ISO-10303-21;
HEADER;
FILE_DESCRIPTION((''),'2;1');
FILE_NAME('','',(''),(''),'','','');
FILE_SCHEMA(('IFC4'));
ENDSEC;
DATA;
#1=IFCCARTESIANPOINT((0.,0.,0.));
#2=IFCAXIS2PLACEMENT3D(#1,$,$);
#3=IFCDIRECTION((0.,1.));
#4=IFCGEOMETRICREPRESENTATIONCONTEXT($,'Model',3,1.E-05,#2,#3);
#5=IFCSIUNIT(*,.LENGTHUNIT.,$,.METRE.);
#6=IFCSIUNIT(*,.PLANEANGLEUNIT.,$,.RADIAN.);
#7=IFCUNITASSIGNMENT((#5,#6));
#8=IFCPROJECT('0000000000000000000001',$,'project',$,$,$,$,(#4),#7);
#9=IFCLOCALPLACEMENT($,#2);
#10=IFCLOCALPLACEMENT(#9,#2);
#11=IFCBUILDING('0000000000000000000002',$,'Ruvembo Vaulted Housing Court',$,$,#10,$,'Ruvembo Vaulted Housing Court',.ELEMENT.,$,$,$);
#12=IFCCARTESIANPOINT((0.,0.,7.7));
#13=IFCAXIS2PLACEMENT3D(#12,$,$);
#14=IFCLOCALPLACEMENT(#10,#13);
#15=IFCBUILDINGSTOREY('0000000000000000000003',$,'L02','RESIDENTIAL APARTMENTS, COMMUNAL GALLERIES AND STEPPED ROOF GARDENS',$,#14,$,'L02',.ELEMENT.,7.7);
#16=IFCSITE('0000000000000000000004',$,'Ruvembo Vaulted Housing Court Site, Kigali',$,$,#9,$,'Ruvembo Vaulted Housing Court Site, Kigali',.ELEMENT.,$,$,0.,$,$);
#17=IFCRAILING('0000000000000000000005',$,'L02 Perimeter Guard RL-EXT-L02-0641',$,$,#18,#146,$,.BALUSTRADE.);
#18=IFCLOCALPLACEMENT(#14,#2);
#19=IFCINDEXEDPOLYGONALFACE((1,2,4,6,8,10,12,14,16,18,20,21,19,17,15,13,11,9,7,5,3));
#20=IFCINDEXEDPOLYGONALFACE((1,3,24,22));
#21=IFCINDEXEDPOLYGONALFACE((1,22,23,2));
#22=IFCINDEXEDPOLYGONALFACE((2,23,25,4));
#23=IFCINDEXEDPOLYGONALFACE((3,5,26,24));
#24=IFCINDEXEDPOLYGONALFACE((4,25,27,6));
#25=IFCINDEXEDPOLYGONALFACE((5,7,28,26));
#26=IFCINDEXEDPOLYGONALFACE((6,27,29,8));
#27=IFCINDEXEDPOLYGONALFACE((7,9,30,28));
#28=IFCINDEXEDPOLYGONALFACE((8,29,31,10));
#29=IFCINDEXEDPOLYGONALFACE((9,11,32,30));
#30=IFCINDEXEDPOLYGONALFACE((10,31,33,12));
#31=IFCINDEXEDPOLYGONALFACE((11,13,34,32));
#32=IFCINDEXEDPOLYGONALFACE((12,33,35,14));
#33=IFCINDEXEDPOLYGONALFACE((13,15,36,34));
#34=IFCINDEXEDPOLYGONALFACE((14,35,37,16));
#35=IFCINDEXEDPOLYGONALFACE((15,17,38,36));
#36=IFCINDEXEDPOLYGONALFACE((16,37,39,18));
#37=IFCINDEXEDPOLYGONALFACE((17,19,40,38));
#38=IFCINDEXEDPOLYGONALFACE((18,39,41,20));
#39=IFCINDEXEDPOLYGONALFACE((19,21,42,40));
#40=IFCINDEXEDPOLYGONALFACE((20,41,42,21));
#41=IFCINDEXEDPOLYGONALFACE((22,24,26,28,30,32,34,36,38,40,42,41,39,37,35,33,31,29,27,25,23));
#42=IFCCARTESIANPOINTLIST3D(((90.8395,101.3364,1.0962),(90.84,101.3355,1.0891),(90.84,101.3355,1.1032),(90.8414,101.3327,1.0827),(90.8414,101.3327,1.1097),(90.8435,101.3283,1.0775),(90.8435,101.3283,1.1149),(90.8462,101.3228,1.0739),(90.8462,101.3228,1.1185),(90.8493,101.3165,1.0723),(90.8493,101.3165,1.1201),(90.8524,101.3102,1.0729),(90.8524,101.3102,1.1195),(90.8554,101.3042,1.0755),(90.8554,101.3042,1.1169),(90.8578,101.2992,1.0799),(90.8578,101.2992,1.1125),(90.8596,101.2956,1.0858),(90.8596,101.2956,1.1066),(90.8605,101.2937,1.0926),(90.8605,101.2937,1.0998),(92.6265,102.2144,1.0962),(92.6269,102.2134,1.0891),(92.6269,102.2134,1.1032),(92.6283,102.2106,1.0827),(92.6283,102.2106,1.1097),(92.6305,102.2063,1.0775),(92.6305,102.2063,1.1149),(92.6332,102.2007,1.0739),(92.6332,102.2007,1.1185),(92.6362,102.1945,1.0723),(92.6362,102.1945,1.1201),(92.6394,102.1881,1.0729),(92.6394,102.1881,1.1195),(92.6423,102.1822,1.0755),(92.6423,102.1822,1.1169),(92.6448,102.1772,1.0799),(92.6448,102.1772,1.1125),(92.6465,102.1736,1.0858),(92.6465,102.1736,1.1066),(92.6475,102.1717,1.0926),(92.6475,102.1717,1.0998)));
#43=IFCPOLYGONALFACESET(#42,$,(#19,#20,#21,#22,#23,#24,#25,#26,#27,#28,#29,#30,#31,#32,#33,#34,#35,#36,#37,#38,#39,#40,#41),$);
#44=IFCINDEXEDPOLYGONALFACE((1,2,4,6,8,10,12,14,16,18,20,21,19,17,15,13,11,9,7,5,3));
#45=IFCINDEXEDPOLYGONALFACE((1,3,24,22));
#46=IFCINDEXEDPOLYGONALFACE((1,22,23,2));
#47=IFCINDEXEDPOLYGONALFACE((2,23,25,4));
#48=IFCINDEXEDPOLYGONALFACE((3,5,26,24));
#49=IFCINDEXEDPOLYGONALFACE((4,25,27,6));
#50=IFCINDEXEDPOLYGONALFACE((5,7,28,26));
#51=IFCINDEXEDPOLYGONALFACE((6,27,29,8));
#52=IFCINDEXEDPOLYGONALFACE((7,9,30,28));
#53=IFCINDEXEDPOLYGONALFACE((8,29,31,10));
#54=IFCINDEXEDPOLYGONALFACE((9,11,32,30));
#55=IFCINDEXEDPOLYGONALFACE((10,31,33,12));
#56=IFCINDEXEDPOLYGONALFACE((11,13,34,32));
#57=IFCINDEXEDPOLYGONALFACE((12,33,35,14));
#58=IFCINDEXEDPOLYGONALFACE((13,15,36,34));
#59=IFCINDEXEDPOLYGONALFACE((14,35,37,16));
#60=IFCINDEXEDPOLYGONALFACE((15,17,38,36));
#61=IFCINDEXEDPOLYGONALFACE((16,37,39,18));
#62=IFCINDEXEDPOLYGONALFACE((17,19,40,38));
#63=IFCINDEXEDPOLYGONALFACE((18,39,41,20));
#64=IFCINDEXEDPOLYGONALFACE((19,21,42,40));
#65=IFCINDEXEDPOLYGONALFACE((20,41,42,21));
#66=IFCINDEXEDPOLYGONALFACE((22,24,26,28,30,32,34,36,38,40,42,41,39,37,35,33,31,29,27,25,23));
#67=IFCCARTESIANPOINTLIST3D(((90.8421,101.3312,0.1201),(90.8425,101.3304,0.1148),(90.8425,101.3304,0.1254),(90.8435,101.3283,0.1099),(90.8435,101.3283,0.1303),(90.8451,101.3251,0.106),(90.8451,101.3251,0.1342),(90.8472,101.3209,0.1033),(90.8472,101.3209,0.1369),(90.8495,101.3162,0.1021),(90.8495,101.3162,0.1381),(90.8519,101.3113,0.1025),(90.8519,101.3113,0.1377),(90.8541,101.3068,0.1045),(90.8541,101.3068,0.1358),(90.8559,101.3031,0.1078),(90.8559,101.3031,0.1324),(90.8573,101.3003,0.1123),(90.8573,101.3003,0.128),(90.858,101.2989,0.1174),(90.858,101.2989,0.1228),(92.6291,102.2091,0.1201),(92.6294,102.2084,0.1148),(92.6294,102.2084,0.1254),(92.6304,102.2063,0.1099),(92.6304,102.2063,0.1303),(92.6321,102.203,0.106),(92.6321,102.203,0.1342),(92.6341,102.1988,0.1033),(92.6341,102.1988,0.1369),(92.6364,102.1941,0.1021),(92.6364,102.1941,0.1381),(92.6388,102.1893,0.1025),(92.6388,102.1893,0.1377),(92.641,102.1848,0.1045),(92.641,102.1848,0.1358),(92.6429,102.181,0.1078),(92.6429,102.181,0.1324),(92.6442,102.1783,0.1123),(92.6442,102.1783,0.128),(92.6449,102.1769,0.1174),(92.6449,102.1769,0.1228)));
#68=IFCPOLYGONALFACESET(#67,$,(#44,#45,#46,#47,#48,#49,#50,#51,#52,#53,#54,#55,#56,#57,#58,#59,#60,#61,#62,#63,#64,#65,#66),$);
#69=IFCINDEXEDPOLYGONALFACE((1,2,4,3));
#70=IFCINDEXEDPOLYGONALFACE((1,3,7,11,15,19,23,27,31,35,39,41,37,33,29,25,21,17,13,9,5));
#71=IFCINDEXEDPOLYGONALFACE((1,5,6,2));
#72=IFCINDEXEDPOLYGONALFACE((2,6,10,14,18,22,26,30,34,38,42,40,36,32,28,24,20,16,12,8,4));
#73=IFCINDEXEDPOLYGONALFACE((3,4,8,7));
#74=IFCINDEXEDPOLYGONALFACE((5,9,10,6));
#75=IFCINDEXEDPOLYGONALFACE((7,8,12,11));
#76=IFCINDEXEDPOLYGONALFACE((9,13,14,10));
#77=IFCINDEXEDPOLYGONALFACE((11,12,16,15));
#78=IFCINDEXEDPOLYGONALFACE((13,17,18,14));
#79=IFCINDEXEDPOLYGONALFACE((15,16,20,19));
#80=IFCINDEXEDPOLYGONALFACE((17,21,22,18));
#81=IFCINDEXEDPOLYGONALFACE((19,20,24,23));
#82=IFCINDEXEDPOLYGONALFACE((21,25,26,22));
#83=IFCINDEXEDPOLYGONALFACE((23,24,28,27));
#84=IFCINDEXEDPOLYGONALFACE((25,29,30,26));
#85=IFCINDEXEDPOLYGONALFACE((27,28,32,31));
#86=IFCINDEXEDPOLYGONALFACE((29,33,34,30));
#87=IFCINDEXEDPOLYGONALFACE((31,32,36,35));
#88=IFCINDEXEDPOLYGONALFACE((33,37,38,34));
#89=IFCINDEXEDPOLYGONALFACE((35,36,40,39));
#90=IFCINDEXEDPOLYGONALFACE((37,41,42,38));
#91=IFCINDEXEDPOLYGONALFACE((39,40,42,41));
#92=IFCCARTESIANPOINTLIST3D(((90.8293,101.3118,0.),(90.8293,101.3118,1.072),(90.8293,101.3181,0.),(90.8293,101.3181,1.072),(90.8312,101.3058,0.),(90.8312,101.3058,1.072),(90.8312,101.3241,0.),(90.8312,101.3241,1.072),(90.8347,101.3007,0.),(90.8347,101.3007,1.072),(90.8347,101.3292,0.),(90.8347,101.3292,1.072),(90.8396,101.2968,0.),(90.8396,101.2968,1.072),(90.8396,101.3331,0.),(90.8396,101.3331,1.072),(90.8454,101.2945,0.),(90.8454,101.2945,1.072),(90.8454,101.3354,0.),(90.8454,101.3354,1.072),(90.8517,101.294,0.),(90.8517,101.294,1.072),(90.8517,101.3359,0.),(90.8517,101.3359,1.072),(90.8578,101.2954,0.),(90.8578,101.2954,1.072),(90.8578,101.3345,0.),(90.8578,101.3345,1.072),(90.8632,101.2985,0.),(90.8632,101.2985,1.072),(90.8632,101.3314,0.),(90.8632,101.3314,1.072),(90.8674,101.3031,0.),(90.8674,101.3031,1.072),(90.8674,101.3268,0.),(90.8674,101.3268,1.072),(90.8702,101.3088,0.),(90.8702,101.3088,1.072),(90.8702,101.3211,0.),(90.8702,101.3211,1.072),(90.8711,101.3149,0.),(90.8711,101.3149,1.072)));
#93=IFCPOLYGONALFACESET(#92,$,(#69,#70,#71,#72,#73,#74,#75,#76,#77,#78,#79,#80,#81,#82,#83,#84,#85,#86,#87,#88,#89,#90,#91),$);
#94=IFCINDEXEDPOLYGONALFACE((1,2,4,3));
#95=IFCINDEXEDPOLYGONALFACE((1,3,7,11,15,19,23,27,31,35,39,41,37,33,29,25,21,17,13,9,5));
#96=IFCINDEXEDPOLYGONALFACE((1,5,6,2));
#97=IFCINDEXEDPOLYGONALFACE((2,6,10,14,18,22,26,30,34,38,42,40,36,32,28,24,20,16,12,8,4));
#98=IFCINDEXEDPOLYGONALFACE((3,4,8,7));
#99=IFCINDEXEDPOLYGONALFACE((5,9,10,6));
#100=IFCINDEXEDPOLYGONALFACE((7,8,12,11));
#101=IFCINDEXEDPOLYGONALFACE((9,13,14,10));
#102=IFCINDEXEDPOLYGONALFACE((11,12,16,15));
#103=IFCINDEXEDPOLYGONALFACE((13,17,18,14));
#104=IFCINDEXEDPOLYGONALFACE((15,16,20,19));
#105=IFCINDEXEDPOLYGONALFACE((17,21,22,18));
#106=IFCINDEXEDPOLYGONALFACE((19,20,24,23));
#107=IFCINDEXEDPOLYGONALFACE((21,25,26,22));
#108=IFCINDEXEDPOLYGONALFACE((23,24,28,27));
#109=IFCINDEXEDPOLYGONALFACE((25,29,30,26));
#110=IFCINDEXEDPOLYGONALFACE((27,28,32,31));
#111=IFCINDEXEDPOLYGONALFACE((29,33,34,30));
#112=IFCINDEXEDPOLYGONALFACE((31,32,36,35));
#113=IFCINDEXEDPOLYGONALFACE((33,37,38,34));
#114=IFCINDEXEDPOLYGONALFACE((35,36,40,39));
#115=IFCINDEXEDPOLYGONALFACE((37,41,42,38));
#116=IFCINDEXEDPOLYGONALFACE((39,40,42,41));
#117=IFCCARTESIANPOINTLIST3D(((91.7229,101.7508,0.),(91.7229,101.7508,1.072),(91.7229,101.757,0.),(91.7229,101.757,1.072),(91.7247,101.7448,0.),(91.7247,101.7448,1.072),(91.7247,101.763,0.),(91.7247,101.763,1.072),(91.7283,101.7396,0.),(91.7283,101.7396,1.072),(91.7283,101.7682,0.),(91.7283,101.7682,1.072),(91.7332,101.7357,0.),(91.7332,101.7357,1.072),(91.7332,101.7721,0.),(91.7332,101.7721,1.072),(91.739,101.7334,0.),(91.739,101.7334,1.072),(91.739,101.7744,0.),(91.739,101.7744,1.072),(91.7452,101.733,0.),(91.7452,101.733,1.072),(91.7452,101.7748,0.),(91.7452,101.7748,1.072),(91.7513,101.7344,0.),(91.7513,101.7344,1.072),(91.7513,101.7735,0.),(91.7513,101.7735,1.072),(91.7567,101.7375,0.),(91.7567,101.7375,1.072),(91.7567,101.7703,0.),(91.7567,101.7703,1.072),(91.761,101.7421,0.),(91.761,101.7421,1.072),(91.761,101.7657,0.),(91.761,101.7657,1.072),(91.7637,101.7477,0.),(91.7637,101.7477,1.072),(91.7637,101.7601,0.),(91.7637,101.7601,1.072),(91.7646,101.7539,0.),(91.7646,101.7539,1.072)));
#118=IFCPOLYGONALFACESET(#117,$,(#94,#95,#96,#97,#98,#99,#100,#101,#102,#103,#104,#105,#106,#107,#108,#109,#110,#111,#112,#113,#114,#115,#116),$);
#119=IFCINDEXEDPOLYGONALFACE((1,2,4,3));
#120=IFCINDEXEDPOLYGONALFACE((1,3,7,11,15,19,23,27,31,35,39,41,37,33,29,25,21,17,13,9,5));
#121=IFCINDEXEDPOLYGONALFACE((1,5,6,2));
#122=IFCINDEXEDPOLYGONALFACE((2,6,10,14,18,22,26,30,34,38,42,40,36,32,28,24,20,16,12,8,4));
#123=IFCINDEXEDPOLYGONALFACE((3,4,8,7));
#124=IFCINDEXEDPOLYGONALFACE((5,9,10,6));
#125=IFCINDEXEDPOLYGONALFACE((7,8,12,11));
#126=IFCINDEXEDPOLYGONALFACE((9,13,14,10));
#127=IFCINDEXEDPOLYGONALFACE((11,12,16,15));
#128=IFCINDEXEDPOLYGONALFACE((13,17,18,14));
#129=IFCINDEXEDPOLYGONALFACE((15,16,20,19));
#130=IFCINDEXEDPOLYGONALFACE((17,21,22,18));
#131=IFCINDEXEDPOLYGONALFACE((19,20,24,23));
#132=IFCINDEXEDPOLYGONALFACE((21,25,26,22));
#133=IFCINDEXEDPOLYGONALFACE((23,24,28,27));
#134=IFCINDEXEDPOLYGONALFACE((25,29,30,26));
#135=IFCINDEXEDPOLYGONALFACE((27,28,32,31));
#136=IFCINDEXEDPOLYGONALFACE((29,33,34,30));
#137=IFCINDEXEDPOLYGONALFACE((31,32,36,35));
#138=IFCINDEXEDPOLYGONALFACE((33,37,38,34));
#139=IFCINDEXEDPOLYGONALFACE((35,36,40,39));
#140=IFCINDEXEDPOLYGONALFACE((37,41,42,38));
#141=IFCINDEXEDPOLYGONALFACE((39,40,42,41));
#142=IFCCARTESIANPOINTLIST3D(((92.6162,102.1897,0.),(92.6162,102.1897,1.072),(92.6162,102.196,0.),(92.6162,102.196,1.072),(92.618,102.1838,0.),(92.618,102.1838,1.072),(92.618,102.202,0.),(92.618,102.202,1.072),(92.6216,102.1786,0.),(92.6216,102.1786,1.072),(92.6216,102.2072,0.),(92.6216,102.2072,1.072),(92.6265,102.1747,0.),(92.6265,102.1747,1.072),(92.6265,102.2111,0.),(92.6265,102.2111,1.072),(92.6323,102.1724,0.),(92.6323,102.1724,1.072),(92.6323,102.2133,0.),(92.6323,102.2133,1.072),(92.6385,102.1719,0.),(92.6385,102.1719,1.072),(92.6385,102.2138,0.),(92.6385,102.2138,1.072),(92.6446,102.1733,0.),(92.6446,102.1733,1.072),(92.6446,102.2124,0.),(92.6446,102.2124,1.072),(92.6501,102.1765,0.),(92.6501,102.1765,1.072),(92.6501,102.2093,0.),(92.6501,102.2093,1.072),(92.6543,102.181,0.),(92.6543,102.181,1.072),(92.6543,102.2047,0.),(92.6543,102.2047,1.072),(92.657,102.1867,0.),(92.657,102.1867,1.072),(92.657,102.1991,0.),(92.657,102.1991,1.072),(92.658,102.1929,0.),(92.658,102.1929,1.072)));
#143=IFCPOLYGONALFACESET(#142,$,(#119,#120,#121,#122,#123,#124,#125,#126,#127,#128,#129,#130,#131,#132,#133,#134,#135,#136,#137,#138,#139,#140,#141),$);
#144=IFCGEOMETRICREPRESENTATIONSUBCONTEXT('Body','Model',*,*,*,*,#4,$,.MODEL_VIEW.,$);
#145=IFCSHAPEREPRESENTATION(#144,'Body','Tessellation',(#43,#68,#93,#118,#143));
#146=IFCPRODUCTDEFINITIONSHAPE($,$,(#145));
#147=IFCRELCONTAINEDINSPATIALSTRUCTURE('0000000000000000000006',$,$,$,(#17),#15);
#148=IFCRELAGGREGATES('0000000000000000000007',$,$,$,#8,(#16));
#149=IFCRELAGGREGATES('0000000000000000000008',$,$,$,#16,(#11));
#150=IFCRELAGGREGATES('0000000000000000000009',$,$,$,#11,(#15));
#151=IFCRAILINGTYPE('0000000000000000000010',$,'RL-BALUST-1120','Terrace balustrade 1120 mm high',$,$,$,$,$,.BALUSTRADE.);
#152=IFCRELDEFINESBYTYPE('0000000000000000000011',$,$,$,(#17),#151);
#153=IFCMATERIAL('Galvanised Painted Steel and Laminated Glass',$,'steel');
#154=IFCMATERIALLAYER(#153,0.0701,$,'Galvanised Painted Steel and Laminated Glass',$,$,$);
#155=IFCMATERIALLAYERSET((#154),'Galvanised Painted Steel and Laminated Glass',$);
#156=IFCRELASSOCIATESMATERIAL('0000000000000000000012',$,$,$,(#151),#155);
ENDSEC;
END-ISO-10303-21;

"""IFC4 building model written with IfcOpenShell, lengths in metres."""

from ifc_helpers import new_model, si_unit, direction, frame, origin, origin_2d, place, context, subcontext, project, spatial, circle, extrude, material, layer, layer_set, type_object, element, save


model = new_model("IFC4")

# Units and contexts
model_context = context("Model", 3, precision=1e-05, world=origin(), true_north=direction((0.0, 1.0)))
body_context = subcontext(model_context, "Body", "Model", "MODEL_VIEW")
ifc_project = project(units=[si_unit("LENGTHUNIT", "METRE"), si_unit("PLANEANGLEUNIT", "RADIAN")], contexts=[model_context])

# Site, building, storey
site_placement = place(None, origin())
site = spatial("IfcSite", under=ifc_project, at=site_placement, Name="Ruvembo Vaulted Housing Court Site, Kigali", LongName="Ruvembo Vaulted Housing Court Site, Kigali", CompositionType="ELEMENT", RefElevation=0.0)
building_placement = place(site_placement, origin())
building = spatial("IfcBuilding", under=site, at=building_placement, Name="Ruvembo Vaulted Housing Court", LongName="Ruvembo Vaulted Housing Court", CompositionType="ELEMENT")
storey_placement = place(building_placement, frame((0.0, 0.0, 7.7)))
storey = spatial("IfcBuildingStorey", under=building, at=storey_placement, Name="L02", Description="RESIDENTIAL APARTMENTS, COMMUNAL GALLERIES AND STEPPED ROOF GARDENS", LongName="L02", CompositionType="ELEMENT", Elevation=7.7)

# Railing
ifc_material_1 = material(Name="Galvanised Painted Steel and Laminated Glass", Category="steel")
ifc_layer_1 = layer(ifc_material_1, 0.0701, Name="Galvanised Painted Steel and Laminated Glass")
ifc_layer_set_1 = layer_set([ifc_layer_1], Name="Galvanised Painted Steel and Laminated Glass")
railing_type = type_object("IfcRailingType", Name="RL-BALUST-1120", Description="Terrace balustrade 1120 mm high", PredefinedType="BALUSTRADE", material=ifc_layer_set_1)
railing_1_placement = place(storey_placement, frame((90.8501, 101.3149, 0.0)))
element("IfcRailing", 1, at=railing_1_placement, inside=storey, type_object=railing_type, Name="L02 Perimeter Guard RL-EXT-L02-0641", PredefinedType="BALUSTRADE", context=body_context, shape_type="SweptSolid", body=[
    extrude(circle(Radius=0.0239, at=origin_2d()), frame((0.0, 0.0, 1.0962), z_axis=(0.89752, 0.440973, 0.0), x_axis=(-0.440973, 0.89752, 0.0)), (0.0, 0.0, 1.0), 1.991),
    extrude(circle(Radius=0.0181, at=origin_2d()), frame((0.0, 0.0, 0.1201), z_axis=(0.89752, 0.440973, 0.0), x_axis=(-0.440973, 0.89752, 0.0)), (0.0, 0.0, 1.0), 1.991),
    extrude(circle(Radius=0.021, at=origin_2d()), origin(), (0.0, 0.0, 1.0), 1.072),
    extrude(circle(Radius=0.021, at=origin_2d()), frame((0.8936, 0.439, 0.0)), (0.0, 0.0, 1.0), 1.072),
    extrude(circle(Radius=0.021, at=origin_2d()), frame((1.7869, 0.8779, 0.0)), (0.0, 0.0, 1.0), 1.072),
])

save(model, "model.ifc")
